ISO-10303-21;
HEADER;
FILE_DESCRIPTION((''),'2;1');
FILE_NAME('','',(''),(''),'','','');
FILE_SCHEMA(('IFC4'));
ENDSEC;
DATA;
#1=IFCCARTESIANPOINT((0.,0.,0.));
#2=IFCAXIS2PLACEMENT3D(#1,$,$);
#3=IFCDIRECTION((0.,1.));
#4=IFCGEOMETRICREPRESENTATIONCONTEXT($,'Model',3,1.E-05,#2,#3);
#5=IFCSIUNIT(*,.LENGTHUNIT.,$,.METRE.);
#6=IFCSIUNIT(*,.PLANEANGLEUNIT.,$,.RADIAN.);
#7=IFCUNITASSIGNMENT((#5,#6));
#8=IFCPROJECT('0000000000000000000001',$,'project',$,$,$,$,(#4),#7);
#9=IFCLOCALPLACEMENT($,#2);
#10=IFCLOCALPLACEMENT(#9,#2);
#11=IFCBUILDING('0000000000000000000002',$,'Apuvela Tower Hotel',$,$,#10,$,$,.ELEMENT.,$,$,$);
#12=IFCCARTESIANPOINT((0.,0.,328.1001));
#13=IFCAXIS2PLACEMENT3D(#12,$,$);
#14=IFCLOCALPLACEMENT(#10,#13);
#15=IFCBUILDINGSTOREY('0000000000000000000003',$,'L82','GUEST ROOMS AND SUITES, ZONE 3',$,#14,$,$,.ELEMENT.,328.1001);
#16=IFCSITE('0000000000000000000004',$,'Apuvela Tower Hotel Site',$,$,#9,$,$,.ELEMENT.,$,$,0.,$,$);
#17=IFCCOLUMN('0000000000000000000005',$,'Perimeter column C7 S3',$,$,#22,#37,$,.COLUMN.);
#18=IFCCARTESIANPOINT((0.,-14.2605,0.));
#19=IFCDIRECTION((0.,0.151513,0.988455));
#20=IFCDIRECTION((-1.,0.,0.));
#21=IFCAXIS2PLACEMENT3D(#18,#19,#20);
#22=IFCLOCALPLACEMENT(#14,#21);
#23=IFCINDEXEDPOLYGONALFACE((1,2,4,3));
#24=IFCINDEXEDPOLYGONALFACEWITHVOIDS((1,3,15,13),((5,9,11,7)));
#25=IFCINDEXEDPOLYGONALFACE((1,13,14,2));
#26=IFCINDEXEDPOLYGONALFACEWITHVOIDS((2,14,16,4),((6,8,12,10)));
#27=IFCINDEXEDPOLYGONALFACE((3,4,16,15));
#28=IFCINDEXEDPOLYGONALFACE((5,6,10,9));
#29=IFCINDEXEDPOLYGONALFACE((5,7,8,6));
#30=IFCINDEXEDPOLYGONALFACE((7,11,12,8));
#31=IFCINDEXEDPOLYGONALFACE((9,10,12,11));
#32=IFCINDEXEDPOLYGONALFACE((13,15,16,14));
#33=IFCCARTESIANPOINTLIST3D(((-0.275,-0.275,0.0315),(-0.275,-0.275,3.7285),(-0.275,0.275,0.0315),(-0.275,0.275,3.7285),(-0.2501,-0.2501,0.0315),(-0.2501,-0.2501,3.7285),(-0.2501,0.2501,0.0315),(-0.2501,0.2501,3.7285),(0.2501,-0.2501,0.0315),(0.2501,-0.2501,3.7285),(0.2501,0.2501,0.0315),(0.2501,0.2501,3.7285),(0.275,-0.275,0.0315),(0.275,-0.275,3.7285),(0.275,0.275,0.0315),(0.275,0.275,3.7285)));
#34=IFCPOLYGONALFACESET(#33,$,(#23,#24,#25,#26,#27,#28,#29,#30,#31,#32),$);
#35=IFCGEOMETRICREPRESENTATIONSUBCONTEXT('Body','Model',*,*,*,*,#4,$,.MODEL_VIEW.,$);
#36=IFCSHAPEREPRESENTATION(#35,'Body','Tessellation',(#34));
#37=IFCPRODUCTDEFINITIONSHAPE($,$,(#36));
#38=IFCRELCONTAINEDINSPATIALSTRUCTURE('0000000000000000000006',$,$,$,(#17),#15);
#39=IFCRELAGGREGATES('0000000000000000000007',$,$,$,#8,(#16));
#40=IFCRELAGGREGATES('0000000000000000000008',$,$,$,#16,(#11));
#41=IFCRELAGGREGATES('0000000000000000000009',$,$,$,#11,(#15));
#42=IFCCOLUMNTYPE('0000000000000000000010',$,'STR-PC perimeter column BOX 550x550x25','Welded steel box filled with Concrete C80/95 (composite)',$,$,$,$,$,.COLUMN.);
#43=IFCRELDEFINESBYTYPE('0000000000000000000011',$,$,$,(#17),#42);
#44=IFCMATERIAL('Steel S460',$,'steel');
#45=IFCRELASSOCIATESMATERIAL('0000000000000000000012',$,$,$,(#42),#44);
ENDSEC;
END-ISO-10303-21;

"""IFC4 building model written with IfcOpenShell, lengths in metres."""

from ifc_helpers import new_model, si_unit, direction, frame, origin, origin_2d, place, context, subcontext, project, spatial, rectangle, hollow_rectangle, extrude, boolean, halfspace, material, material_profile, profile_set, type_object, element, save


model = new_model("IFC4")

# Units and contexts
model_context = context("Model", 3, precision=1e-05, world=origin(), true_north=direction((0.0, 1.0)))
body_context = subcontext(model_context, "Body", "Model", "MODEL_VIEW")
ifc_project = project(units=[si_unit("LENGTHUNIT", "METRE"), si_unit("PLANEANGLEUNIT", "RADIAN")], contexts=[model_context])

# Site, building, storey
site_placement = place(None, origin())
site = spatial("IfcSite", under=ifc_project, at=site_placement, Name="Apuvela Tower Hotel Site", CompositionType="ELEMENT", RefElevation=0.0)
building_placement = place(site_placement, origin())
building = spatial("IfcBuilding", under=site, at=building_placement, Name="Apuvela Tower Hotel", CompositionType="ELEMENT")
storey_placement = place(building_placement, frame((0.0, 0.0, 328.1001)))
storey = spatial("IfcBuildingStorey", under=building, at=storey_placement, Name="L82", Description="GUEST ROOMS AND SUITES, ZONE 3", CompositionType="ELEMENT", Elevation=328.1001)

# Column
ifc_material_1 = material(Name="Steel S460", Category="steel")
ifc_material_profile_1 = material_profile(ifc_material_1, hollow_rectangle(XDim=0.55, YDim=0.55, WallThickness=0.0249, at=origin_2d()), Name="BOX 550x550x25")
ifc_material_2 = material(Name="Concrete C80/95", Category="concrete")
ifc_material_profile_2 = material_profile(ifc_material_2, rectangle(XDim=0.5, YDim=0.5, at=origin_2d()), Name="Concrete C80/95 infill")
ifc_profile_set_1 = profile_set([ifc_material_profile_1, ifc_material_profile_2], Name="Steel S460")
column_type = type_object("IfcColumnType", Name="STR-PC perimeter column BOX 550x550x25", Description="Welded steel box filled with Concrete C80/95 (composite)", PredefinedType="COLUMN", material=ifc_profile_set_1)
column_1_placement = place(storey_placement, frame((0.0, -14.2605, 0.0), z_axis=(0.0, 0.151513, 0.988455), x_axis=(-1.0, 0.0, 0.0)))
element("IfcColumn", 1, at=column_1_placement, inside=storey, type_object=column_type, Name="Perimeter column C7 S3", PredefinedType="COLUMN", context=body_context, shape_type="SweptSolid", body=[
    boolean("DIFFERENCE", boolean("DIFFERENCE", extrude(hollow_rectangle(XDim=0.55, YDim=0.55, WallThickness=0.0249, at=origin_2d()), origin(), (0.0, 0.0, 1.0), 3.7432), halfspace(frame((0.0, 0.0, 0.0315), z_axis=(0.0, 0.0, 1.0), x_axis=(1.0, 0.0, 0.0)), True)), halfspace(frame((0.0, 0.0, 3.7285), z_axis=(0.0, 0.0, 1.0), x_axis=(1.0, 0.0, 0.0)), False)),
])

save(model, "model.ifc")
